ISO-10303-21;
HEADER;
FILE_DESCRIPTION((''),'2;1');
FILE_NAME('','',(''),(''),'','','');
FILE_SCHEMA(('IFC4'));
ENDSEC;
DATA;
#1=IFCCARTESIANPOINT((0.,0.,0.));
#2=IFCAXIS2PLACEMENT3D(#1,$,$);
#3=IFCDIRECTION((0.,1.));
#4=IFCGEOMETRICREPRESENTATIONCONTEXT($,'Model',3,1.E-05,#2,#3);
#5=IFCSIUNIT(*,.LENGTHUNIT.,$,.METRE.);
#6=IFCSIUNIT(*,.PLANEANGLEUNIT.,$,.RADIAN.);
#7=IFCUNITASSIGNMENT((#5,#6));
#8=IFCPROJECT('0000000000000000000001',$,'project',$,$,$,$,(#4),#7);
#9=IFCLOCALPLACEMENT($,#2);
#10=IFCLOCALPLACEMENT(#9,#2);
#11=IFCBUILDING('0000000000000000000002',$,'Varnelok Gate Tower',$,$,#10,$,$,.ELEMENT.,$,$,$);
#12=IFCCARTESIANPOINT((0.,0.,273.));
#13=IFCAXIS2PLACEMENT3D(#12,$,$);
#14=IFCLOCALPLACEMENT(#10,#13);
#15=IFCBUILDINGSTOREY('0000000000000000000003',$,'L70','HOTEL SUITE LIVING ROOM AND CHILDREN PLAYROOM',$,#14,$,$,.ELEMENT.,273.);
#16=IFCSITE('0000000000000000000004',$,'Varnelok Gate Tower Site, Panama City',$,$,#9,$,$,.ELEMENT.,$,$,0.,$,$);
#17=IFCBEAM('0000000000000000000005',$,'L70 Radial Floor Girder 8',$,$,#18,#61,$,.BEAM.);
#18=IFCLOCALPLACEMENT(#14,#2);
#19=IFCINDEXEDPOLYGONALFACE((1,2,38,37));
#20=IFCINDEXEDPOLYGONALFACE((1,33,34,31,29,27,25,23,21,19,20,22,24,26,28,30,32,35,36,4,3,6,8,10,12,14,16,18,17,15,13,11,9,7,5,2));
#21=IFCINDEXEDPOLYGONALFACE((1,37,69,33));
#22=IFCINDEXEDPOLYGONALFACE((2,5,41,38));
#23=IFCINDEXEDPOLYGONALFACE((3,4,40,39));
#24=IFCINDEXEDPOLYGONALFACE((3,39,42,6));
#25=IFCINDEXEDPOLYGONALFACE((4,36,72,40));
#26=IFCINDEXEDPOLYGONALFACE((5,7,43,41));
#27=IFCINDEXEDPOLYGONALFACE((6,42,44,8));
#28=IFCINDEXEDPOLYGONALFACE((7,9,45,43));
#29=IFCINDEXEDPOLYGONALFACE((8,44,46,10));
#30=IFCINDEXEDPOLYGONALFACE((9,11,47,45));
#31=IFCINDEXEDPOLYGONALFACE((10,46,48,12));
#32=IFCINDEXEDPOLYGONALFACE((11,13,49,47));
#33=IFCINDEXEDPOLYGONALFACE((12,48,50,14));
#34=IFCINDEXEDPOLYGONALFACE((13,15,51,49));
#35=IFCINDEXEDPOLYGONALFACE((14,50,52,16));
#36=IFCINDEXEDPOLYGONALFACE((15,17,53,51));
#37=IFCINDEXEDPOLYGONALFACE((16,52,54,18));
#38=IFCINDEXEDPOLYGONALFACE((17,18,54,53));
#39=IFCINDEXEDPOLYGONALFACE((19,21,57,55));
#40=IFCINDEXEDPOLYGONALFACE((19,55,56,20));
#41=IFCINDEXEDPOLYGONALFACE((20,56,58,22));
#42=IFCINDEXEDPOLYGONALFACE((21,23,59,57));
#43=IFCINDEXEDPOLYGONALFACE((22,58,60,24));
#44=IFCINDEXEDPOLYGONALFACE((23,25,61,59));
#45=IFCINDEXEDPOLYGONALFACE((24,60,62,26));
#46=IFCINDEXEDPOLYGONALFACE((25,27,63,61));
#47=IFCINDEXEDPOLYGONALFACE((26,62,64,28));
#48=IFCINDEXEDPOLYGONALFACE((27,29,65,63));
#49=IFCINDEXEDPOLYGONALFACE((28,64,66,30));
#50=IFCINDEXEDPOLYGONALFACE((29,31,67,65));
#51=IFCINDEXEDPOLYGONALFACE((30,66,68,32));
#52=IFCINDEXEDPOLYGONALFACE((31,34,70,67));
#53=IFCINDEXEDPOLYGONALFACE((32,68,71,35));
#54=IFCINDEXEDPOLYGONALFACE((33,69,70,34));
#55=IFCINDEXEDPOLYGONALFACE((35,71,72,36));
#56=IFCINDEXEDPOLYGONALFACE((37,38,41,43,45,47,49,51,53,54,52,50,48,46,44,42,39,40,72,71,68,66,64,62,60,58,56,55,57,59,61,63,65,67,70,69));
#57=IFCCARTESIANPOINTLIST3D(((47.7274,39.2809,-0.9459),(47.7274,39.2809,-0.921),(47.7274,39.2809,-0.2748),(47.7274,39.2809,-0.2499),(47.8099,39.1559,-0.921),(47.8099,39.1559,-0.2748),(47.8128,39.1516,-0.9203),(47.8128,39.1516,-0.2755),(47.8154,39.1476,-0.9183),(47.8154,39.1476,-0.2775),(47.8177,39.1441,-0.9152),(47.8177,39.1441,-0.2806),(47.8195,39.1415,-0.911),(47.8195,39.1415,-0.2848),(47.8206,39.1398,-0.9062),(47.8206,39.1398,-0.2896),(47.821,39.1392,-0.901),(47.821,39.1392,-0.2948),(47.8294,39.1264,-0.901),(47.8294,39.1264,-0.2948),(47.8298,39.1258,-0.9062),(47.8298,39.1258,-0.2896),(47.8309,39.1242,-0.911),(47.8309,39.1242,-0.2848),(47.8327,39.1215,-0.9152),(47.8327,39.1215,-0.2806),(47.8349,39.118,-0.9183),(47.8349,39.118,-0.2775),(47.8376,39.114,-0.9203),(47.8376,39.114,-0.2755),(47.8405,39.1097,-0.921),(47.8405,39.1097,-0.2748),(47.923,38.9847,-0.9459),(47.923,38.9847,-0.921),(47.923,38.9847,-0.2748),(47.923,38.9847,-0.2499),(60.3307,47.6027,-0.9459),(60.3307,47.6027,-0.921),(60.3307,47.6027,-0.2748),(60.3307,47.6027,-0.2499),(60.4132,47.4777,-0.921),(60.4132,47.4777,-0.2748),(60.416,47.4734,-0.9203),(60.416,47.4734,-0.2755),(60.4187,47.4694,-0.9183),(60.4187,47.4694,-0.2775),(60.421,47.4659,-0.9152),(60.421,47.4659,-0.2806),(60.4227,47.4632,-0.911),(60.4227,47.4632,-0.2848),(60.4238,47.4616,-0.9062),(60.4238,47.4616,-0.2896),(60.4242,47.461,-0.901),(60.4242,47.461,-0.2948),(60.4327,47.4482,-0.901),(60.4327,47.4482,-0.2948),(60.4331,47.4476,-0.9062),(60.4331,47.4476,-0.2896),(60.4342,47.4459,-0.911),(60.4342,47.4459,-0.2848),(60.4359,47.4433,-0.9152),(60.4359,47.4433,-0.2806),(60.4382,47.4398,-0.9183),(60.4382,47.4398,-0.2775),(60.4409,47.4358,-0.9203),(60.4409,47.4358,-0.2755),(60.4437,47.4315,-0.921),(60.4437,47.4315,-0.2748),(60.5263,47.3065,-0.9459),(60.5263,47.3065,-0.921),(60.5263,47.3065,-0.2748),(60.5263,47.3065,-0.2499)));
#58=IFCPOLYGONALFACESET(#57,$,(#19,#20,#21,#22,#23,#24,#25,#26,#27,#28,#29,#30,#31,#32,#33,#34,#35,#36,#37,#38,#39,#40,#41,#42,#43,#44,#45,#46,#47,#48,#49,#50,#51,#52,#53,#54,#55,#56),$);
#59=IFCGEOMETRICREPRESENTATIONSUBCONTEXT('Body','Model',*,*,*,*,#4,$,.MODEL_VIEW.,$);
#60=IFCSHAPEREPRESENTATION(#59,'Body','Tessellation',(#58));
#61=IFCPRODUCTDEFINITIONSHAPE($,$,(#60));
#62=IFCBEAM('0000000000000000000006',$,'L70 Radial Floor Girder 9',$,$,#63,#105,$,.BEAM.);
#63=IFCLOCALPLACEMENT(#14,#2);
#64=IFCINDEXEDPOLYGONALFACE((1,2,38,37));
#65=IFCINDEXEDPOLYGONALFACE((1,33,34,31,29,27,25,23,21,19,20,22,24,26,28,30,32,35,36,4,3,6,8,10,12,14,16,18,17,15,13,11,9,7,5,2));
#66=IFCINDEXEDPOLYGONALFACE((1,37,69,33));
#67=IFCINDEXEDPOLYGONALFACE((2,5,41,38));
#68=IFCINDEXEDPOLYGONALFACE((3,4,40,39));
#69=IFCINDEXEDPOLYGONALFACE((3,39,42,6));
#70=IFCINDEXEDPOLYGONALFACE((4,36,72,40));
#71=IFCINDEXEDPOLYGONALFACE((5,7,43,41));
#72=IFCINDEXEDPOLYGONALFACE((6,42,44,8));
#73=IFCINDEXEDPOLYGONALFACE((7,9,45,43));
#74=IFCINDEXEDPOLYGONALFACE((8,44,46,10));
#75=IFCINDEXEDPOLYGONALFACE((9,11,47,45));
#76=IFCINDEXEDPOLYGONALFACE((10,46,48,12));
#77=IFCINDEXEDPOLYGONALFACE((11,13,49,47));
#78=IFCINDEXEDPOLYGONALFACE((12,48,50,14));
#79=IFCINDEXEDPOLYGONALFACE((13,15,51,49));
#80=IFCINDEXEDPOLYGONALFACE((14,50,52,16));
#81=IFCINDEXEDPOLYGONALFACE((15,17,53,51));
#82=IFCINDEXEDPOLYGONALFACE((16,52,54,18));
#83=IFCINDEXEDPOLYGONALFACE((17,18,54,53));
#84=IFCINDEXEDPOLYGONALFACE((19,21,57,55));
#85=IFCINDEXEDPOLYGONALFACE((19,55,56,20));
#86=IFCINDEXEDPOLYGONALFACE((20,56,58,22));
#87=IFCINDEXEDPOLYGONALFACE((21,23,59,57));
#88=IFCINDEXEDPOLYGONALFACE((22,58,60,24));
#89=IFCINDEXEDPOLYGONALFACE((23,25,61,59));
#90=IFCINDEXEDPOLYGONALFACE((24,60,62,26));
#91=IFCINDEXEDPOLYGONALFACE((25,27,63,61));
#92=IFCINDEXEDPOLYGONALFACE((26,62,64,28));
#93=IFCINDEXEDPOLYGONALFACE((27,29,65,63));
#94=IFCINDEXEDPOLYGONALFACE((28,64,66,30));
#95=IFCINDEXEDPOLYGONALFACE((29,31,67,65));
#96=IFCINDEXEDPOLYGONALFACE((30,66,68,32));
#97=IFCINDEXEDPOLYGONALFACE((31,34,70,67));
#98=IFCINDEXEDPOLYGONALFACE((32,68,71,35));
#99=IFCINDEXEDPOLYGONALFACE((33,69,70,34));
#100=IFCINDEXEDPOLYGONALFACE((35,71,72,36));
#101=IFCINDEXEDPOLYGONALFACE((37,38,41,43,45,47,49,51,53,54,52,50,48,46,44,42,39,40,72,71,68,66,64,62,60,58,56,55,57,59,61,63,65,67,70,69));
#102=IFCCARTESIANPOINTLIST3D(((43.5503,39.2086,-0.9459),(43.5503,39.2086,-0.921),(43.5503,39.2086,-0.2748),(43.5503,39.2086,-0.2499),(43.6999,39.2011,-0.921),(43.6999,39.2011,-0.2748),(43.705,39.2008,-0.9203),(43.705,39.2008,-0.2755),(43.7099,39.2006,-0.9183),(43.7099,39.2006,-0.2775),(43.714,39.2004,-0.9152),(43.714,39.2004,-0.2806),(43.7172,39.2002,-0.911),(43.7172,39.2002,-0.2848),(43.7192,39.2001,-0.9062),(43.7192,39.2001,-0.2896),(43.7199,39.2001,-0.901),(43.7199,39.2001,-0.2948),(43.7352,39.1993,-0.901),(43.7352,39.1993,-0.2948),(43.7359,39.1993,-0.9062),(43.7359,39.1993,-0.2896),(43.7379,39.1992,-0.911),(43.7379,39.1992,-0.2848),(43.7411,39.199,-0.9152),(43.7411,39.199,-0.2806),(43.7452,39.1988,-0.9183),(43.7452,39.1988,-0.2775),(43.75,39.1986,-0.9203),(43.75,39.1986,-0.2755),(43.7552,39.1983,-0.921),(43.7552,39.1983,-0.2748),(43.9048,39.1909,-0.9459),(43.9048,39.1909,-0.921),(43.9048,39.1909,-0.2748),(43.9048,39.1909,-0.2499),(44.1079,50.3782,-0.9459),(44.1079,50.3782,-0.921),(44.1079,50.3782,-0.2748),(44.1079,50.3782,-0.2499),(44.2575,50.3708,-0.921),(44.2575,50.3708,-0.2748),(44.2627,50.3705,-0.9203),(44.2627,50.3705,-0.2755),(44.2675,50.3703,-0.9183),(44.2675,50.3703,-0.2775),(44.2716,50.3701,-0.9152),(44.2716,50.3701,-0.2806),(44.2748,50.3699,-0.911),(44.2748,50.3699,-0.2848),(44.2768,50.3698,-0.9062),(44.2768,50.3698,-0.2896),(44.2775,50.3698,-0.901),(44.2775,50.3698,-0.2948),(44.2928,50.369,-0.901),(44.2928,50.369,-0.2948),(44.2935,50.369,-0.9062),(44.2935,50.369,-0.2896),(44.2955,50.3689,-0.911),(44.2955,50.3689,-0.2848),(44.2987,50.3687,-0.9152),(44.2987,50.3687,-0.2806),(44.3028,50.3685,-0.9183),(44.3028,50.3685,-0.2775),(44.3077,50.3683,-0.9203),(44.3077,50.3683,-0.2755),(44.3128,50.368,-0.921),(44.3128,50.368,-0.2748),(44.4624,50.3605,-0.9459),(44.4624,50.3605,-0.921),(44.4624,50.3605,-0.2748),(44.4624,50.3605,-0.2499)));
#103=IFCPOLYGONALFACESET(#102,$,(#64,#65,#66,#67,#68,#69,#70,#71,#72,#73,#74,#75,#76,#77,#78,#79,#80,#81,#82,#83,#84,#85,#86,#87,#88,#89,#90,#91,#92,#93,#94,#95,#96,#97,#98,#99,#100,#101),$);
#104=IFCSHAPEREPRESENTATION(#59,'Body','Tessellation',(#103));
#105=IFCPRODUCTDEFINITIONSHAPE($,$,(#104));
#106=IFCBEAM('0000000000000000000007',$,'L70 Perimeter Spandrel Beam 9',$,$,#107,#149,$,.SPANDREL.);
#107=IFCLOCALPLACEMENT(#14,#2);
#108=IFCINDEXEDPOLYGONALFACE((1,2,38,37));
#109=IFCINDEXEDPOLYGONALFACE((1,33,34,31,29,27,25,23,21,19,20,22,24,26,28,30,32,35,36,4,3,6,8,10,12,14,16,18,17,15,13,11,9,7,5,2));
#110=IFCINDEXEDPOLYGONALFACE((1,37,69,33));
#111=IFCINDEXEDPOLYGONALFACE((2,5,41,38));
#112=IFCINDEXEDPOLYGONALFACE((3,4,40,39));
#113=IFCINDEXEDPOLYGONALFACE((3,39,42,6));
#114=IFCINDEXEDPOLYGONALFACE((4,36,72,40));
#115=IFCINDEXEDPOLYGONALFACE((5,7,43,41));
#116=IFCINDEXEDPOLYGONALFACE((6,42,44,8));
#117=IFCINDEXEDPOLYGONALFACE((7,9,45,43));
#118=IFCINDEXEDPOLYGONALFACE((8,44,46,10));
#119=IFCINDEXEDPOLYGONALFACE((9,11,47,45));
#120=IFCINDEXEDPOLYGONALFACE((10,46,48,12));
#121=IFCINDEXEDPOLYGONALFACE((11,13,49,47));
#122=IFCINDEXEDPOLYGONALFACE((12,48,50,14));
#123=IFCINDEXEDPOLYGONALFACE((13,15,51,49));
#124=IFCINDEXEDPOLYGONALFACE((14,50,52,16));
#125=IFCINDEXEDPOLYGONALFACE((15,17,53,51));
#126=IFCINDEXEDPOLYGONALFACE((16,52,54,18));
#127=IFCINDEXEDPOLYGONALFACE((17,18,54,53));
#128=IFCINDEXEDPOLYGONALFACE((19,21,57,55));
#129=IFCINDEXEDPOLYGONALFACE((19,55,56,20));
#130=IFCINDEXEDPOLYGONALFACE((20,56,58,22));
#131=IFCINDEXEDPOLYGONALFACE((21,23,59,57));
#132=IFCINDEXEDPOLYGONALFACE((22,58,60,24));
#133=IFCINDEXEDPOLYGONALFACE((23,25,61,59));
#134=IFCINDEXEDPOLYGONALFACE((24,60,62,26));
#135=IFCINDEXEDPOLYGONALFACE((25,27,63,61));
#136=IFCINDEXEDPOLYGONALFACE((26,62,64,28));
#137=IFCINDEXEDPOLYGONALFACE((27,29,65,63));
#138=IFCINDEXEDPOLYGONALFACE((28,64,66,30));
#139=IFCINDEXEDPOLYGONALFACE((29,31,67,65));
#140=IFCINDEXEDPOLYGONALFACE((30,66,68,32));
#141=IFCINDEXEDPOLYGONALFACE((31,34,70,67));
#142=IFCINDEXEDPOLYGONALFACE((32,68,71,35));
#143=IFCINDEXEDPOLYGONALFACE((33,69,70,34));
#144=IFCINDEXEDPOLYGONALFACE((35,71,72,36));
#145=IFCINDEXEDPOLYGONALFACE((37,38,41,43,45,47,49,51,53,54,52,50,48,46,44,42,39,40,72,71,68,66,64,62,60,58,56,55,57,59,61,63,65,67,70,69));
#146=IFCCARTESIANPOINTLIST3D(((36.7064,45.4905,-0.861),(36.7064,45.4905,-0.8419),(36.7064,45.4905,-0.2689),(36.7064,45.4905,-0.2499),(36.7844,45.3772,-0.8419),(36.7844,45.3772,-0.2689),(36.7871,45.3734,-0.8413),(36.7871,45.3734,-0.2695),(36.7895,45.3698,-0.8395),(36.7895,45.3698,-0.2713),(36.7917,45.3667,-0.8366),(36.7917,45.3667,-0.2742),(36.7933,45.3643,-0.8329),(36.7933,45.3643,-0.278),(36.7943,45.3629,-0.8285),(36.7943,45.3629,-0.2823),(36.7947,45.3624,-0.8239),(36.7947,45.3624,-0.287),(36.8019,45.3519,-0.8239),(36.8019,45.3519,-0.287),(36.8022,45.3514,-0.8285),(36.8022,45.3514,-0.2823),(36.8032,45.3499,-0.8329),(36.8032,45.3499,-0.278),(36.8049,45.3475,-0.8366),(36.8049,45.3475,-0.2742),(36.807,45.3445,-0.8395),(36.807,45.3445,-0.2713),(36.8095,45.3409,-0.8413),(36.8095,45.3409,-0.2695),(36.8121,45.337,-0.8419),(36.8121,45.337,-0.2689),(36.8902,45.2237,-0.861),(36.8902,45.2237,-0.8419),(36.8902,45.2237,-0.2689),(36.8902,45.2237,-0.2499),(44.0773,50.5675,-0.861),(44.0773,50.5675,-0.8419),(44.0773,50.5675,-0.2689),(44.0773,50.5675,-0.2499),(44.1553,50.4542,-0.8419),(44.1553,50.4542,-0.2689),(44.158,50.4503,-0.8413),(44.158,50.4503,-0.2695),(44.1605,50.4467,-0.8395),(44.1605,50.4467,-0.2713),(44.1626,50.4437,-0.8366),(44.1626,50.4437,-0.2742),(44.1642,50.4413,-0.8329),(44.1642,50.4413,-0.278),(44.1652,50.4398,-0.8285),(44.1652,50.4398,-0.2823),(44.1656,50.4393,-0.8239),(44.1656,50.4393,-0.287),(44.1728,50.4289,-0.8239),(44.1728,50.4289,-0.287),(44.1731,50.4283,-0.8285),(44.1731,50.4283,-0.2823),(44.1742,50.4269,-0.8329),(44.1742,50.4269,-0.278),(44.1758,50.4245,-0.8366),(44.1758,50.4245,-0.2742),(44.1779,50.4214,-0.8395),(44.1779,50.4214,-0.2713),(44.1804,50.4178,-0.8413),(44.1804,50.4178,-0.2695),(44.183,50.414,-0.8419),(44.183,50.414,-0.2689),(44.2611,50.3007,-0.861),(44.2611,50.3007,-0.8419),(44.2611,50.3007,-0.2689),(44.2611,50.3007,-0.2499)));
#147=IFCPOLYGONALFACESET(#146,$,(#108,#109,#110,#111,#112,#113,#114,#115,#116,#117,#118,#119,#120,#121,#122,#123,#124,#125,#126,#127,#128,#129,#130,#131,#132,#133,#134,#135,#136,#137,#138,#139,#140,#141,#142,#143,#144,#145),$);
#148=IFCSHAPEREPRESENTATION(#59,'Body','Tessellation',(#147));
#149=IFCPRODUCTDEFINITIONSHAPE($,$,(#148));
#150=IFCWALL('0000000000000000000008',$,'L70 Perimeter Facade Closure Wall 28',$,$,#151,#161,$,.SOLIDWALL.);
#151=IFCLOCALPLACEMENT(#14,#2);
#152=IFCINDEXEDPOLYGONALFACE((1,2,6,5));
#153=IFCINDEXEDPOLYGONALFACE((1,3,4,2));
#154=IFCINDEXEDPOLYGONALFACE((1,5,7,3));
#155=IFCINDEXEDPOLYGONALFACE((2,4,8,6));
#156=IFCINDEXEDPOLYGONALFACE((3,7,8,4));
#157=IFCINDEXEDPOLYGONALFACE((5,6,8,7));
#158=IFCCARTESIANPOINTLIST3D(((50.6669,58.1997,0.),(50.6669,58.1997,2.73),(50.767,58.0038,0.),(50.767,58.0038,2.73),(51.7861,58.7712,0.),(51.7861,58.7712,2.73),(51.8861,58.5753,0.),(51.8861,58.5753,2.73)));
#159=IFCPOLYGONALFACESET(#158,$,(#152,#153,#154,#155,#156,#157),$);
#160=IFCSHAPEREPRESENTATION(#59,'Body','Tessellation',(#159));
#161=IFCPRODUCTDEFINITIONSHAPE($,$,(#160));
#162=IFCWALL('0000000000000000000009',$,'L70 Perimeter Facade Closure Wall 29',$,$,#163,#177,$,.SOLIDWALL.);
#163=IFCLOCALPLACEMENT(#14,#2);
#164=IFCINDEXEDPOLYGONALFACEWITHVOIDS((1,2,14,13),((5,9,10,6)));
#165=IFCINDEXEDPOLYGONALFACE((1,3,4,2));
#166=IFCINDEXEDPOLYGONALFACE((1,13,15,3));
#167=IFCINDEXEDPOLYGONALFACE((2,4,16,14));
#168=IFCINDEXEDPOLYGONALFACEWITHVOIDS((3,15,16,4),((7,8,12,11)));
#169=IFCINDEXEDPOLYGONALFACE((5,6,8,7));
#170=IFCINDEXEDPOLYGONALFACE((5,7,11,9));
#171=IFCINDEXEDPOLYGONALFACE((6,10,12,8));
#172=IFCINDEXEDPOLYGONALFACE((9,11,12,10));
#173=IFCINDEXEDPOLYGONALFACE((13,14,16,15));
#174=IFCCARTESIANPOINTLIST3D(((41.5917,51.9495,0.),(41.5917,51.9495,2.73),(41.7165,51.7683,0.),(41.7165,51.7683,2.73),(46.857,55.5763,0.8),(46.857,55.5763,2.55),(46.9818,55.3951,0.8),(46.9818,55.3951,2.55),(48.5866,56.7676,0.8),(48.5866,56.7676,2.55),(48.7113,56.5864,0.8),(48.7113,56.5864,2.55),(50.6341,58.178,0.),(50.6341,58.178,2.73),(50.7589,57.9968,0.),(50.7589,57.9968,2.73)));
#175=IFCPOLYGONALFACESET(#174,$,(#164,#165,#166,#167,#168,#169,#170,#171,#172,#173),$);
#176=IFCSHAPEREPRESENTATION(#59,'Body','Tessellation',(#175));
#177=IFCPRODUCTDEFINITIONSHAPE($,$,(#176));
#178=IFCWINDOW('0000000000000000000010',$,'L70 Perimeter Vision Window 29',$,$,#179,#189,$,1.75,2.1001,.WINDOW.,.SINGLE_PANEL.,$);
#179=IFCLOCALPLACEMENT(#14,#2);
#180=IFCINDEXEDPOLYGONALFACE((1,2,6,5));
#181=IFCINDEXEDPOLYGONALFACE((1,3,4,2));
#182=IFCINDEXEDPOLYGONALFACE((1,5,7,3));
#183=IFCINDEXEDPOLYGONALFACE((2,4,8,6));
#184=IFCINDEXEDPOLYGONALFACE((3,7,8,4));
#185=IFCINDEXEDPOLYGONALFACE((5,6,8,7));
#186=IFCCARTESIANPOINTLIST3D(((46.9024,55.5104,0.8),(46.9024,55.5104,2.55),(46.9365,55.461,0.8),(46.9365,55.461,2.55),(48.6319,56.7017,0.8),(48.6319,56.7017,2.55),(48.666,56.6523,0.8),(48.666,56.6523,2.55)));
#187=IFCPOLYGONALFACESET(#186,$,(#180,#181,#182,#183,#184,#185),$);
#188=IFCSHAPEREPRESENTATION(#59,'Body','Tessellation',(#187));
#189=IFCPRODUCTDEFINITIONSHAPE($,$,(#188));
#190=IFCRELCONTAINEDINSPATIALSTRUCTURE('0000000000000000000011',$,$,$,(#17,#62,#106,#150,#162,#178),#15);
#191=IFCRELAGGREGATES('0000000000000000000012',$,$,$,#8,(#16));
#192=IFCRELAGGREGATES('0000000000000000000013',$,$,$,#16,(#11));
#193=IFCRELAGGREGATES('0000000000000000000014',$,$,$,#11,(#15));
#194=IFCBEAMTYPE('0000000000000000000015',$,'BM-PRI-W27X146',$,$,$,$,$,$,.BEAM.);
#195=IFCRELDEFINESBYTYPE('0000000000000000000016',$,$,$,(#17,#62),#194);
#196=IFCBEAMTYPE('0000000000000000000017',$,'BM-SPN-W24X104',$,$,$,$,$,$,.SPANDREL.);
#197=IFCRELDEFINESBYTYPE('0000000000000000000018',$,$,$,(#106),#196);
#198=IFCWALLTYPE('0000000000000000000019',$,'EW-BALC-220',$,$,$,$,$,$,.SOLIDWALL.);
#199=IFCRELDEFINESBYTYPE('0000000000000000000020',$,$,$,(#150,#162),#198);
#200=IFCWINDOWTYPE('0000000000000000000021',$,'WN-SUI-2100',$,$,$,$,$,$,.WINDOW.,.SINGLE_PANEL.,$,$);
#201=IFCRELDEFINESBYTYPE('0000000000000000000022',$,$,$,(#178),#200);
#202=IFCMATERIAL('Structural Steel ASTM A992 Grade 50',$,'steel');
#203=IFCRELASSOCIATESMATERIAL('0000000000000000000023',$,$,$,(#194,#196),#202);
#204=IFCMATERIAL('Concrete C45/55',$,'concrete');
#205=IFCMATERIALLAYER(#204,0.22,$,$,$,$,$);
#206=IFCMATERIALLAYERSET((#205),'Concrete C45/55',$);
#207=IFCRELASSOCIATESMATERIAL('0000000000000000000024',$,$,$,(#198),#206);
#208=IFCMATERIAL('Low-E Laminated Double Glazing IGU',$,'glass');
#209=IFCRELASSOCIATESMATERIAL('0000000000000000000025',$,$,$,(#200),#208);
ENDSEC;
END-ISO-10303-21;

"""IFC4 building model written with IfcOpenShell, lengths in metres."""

from ifc_helpers import new_model, si_unit, direction, frame, frame_2d, origin, origin_2d, place, context, subcontext, project, spatial, rectangle, i_section, extrude, material, layer, layer_set, material_profile, profile_set, type_object, element, fill, save


model = new_model("IFC4")

# Units and contexts
model_context = context("Model", 3, precision=1e-05, world=origin(), true_north=direction((0.0, 1.0)))
body_context = subcontext(model_context, "Body", "Model", "MODEL_VIEW")
ifc_project = project(units=[si_unit("LENGTHUNIT", "METRE"), si_unit("PLANEANGLEUNIT", "RADIAN")], contexts=[model_context])

# Site, building, storey
site_placement = place(None, origin())
site = spatial("IfcSite", under=ifc_project, at=site_placement, Name="Varnelok Gate Tower Site, Panama City", CompositionType="ELEMENT", RefElevation=0.0)
building_placement = place(site_placement, origin())
building = spatial("IfcBuilding", under=site, at=building_placement, Name="Varnelok Gate Tower", CompositionType="ELEMENT")
storey_placement = place(building_placement, frame((0.0, 0.0, 273.0)))
storey = spatial("IfcBuildingStorey", under=building, at=storey_placement, Name="L70", Description="HOTEL SUITE LIVING ROOM AND CHILDREN PLAYROOM", CompositionType="ELEMENT", Elevation=273.0)

# Shared definitions
ifc_material_1 = material(Name="Structural Steel ASTM A992 Grade 50", Category="steel")

# Beams
ifc_material_profile_1 = material_profile(ifc_material_1, i_section(OverallWidth=0.355, OverallDepth=0.696, WebThickness=0.0154, FlangeThickness=0.0249, FilletRadius=0.02, at=origin_2d()), Name="W27X146")
ifc_profile_set_1 = profile_set([ifc_material_profile_1], Name="Structural Steel ASTM A992 Grade 50")
beam_type_1 = type_object("IfcBeamType", Name="BM-PRI-W27X146", PredefinedType="BEAM", material=ifc_profile_set_1)
beam_1_placement = place(storey_placement, frame((47.8252, 39.1328, -0.5979), z_axis=(0.834499, 0.551009, 0.0), x_axis=(-0.551009, 0.834499, 0.0)))
element("IfcBeam", 1, at=beam_1_placement, inside=storey, type_object=beam_type_1, Name="L70 Radial Floor Girder 8", PredefinedType="BEAM", context=body_context, shape_type="SweptSolid", body=[
    extrude(i_section(OverallWidth=0.355, OverallDepth=0.696, WebThickness=0.0154, FlangeThickness=0.0249, FilletRadius=0.02, at=origin_2d()), origin(), (0.0, 0.0, 1.0), 15.1028),
])
beam_2_placement = place(storey_placement, frame((43.7275, 39.1997, -0.5979), z_axis=(0.04986, 0.998756, 0.0), x_axis=(-0.998756, 0.04986, 0.0)))
element("IfcBeam", 2, at=beam_2_placement, inside=storey, type_object=beam_type_1, Name="L70 Radial Floor Girder 9", PredefinedType="BEAM", context=body_context, shape_type="SweptSolid", body=[
    extrude(i_section(OverallWidth=0.355, OverallDepth=0.696, WebThickness=0.0154, FlangeThickness=0.0249, FilletRadius=0.02, at=origin_2d()), origin(), (0.0, 0.0, 1.0), 11.1836),
])
ifc_material_profile_2 = material_profile(ifc_material_1, i_section(OverallWidth=0.324, OverallDepth=0.6111, WebThickness=0.0127, FlangeThickness=0.019, FilletRadius=0.0181, at=origin_2d()), Name="W24X104")
ifc_profile_set_2 = profile_set([ifc_material_profile_2], Name="Structural Steel ASTM A992 Grade 50")
beam_type_2 = type_object("IfcBeamType", Name="BM-SPN-W24X104", PredefinedType="SPANDREL", material=ifc_profile_set_2)
beam_3_placement = place(storey_placement, frame((44.1692, 50.4341, -0.5554), z_axis=(-0.823549, -0.567245, 0.0), x_axis=(0.567245, -0.823549, 0.0)))
element("IfcBeam", 3, at=beam_3_placement, inside=storey, type_object=beam_type_2, Name="L70 Perimeter Spandrel Beam 9", PredefinedType="SPANDREL", context=body_context, shape_type="SweptSolid", body=[
    extrude(i_section(OverallWidth=0.324, OverallDepth=0.6111, WebThickness=0.0127, FlangeThickness=0.019, FilletRadius=0.0181, at=origin_2d()), origin(), (0.0, 0.0, 1.0), 8.9502),
])

# Wall
ifc_material_2 = material(Name="Concrete C45/55", Category="concrete")
ifc_layer_1 = layer(ifc_material_2, 0.22)
ifc_layer_set_1 = layer_set([ifc_layer_1], Name="Concrete C45/55")
wall_type_1 = type_object("IfcWallType", Name="EW-BALC-220", PredefinedType="SOLIDWALL", material=ifc_layer_set_1)
wall_1_placement = place(storey_placement, frame((51.8362, 58.6733, 0.0), z_axis=(0.0, 0.0, 1.0), x_axis=(-0.890587, -0.454813, 0.0)))
element("IfcWall", 4, at=wall_1_placement, inside=storey, type_object=wall_type_1, Name="L70 Perimeter Facade Closure Wall 28", PredefinedType="SOLIDWALL", context=body_context, shape_type="SweptSolid", body=[
    extrude(rectangle(XDim=1.2566, YDim=0.22, at=frame_2d((0.6284, 0.0))), origin(), (0.0, 0.0, 1.0), 2.73),
])

# Wall, opening, window
wall_2_placement = place(storey_placement, frame((50.6965, 58.0874, 0.0), z_axis=(0.0, 0.0, 1.0), x_axis=(-0.823539, -0.567259, 0.0)))
wall_2 = element("IfcWall", 5, at=wall_2_placement, inside=storey, type_object=wall_type_1, Name="L70 Perimeter Facade Closure Wall 29", PredefinedType="SOLIDWALL", context=body_context, shape_type="SweptSolid", body=[
    extrude(rectangle(XDim=10.98, YDim=0.22, at=frame_2d((5.49, 0.0))), origin(), (0.0, 0.0, 1.0), 2.73),
])
opening_1_placement = place(wall_2_placement, frame((2.4863, 0.0, 0.8)))
opening_1 = element("IfcOpeningElement", 6, at=opening_1_placement, cuts=wall_2, PredefinedType="OPENING", context=body_context, shape_type="SweptSolid", body=[
    extrude(rectangle(XDim=2.1001, YDim=1.75, at=frame_2d((1.05, 0.875))), frame((0.0, 0.1199, 0.0), z_axis=(0.0, -1.0, 0.0), x_axis=(1.0, 0.0, 0.0)), (0.0, 0.0, 1.0), 0.24),
])
ifc_material_3 = material(Name="Low-E Laminated Double Glazing IGU", Category="glass")
window_type_1 = type_object("IfcWindowType", Name="WN-SUI-2100", PartitioningType="SINGLE_PANEL", PredefinedType="WINDOW", material=ifc_material_3)
window_1_placement = place(opening_1_placement, origin())
window_1 = element("IfcWindow", 7, at=window_1_placement, inside=storey, type_object=window_type_1, Name="L70 Perimeter Vision Window 29", OverallHeight=1.75, OverallWidth=2.1001, PartitioningType="SINGLE_PANEL", PredefinedType="WINDOW", context=body_context, shape_type="SweptSolid", body=[
    extrude(rectangle(XDim=2.1001, YDim=1.75, at=frame_2d((1.05, 0.875))), frame((0.0, 0.03, 0.0), z_axis=(0.0, -1.0, 0.0), x_axis=(1.0, 0.0, 0.0)), (0.0, 0.0, 1.0), 0.0601),
])
fill(opening_1, window_1)

save(model, "model.ifc")
